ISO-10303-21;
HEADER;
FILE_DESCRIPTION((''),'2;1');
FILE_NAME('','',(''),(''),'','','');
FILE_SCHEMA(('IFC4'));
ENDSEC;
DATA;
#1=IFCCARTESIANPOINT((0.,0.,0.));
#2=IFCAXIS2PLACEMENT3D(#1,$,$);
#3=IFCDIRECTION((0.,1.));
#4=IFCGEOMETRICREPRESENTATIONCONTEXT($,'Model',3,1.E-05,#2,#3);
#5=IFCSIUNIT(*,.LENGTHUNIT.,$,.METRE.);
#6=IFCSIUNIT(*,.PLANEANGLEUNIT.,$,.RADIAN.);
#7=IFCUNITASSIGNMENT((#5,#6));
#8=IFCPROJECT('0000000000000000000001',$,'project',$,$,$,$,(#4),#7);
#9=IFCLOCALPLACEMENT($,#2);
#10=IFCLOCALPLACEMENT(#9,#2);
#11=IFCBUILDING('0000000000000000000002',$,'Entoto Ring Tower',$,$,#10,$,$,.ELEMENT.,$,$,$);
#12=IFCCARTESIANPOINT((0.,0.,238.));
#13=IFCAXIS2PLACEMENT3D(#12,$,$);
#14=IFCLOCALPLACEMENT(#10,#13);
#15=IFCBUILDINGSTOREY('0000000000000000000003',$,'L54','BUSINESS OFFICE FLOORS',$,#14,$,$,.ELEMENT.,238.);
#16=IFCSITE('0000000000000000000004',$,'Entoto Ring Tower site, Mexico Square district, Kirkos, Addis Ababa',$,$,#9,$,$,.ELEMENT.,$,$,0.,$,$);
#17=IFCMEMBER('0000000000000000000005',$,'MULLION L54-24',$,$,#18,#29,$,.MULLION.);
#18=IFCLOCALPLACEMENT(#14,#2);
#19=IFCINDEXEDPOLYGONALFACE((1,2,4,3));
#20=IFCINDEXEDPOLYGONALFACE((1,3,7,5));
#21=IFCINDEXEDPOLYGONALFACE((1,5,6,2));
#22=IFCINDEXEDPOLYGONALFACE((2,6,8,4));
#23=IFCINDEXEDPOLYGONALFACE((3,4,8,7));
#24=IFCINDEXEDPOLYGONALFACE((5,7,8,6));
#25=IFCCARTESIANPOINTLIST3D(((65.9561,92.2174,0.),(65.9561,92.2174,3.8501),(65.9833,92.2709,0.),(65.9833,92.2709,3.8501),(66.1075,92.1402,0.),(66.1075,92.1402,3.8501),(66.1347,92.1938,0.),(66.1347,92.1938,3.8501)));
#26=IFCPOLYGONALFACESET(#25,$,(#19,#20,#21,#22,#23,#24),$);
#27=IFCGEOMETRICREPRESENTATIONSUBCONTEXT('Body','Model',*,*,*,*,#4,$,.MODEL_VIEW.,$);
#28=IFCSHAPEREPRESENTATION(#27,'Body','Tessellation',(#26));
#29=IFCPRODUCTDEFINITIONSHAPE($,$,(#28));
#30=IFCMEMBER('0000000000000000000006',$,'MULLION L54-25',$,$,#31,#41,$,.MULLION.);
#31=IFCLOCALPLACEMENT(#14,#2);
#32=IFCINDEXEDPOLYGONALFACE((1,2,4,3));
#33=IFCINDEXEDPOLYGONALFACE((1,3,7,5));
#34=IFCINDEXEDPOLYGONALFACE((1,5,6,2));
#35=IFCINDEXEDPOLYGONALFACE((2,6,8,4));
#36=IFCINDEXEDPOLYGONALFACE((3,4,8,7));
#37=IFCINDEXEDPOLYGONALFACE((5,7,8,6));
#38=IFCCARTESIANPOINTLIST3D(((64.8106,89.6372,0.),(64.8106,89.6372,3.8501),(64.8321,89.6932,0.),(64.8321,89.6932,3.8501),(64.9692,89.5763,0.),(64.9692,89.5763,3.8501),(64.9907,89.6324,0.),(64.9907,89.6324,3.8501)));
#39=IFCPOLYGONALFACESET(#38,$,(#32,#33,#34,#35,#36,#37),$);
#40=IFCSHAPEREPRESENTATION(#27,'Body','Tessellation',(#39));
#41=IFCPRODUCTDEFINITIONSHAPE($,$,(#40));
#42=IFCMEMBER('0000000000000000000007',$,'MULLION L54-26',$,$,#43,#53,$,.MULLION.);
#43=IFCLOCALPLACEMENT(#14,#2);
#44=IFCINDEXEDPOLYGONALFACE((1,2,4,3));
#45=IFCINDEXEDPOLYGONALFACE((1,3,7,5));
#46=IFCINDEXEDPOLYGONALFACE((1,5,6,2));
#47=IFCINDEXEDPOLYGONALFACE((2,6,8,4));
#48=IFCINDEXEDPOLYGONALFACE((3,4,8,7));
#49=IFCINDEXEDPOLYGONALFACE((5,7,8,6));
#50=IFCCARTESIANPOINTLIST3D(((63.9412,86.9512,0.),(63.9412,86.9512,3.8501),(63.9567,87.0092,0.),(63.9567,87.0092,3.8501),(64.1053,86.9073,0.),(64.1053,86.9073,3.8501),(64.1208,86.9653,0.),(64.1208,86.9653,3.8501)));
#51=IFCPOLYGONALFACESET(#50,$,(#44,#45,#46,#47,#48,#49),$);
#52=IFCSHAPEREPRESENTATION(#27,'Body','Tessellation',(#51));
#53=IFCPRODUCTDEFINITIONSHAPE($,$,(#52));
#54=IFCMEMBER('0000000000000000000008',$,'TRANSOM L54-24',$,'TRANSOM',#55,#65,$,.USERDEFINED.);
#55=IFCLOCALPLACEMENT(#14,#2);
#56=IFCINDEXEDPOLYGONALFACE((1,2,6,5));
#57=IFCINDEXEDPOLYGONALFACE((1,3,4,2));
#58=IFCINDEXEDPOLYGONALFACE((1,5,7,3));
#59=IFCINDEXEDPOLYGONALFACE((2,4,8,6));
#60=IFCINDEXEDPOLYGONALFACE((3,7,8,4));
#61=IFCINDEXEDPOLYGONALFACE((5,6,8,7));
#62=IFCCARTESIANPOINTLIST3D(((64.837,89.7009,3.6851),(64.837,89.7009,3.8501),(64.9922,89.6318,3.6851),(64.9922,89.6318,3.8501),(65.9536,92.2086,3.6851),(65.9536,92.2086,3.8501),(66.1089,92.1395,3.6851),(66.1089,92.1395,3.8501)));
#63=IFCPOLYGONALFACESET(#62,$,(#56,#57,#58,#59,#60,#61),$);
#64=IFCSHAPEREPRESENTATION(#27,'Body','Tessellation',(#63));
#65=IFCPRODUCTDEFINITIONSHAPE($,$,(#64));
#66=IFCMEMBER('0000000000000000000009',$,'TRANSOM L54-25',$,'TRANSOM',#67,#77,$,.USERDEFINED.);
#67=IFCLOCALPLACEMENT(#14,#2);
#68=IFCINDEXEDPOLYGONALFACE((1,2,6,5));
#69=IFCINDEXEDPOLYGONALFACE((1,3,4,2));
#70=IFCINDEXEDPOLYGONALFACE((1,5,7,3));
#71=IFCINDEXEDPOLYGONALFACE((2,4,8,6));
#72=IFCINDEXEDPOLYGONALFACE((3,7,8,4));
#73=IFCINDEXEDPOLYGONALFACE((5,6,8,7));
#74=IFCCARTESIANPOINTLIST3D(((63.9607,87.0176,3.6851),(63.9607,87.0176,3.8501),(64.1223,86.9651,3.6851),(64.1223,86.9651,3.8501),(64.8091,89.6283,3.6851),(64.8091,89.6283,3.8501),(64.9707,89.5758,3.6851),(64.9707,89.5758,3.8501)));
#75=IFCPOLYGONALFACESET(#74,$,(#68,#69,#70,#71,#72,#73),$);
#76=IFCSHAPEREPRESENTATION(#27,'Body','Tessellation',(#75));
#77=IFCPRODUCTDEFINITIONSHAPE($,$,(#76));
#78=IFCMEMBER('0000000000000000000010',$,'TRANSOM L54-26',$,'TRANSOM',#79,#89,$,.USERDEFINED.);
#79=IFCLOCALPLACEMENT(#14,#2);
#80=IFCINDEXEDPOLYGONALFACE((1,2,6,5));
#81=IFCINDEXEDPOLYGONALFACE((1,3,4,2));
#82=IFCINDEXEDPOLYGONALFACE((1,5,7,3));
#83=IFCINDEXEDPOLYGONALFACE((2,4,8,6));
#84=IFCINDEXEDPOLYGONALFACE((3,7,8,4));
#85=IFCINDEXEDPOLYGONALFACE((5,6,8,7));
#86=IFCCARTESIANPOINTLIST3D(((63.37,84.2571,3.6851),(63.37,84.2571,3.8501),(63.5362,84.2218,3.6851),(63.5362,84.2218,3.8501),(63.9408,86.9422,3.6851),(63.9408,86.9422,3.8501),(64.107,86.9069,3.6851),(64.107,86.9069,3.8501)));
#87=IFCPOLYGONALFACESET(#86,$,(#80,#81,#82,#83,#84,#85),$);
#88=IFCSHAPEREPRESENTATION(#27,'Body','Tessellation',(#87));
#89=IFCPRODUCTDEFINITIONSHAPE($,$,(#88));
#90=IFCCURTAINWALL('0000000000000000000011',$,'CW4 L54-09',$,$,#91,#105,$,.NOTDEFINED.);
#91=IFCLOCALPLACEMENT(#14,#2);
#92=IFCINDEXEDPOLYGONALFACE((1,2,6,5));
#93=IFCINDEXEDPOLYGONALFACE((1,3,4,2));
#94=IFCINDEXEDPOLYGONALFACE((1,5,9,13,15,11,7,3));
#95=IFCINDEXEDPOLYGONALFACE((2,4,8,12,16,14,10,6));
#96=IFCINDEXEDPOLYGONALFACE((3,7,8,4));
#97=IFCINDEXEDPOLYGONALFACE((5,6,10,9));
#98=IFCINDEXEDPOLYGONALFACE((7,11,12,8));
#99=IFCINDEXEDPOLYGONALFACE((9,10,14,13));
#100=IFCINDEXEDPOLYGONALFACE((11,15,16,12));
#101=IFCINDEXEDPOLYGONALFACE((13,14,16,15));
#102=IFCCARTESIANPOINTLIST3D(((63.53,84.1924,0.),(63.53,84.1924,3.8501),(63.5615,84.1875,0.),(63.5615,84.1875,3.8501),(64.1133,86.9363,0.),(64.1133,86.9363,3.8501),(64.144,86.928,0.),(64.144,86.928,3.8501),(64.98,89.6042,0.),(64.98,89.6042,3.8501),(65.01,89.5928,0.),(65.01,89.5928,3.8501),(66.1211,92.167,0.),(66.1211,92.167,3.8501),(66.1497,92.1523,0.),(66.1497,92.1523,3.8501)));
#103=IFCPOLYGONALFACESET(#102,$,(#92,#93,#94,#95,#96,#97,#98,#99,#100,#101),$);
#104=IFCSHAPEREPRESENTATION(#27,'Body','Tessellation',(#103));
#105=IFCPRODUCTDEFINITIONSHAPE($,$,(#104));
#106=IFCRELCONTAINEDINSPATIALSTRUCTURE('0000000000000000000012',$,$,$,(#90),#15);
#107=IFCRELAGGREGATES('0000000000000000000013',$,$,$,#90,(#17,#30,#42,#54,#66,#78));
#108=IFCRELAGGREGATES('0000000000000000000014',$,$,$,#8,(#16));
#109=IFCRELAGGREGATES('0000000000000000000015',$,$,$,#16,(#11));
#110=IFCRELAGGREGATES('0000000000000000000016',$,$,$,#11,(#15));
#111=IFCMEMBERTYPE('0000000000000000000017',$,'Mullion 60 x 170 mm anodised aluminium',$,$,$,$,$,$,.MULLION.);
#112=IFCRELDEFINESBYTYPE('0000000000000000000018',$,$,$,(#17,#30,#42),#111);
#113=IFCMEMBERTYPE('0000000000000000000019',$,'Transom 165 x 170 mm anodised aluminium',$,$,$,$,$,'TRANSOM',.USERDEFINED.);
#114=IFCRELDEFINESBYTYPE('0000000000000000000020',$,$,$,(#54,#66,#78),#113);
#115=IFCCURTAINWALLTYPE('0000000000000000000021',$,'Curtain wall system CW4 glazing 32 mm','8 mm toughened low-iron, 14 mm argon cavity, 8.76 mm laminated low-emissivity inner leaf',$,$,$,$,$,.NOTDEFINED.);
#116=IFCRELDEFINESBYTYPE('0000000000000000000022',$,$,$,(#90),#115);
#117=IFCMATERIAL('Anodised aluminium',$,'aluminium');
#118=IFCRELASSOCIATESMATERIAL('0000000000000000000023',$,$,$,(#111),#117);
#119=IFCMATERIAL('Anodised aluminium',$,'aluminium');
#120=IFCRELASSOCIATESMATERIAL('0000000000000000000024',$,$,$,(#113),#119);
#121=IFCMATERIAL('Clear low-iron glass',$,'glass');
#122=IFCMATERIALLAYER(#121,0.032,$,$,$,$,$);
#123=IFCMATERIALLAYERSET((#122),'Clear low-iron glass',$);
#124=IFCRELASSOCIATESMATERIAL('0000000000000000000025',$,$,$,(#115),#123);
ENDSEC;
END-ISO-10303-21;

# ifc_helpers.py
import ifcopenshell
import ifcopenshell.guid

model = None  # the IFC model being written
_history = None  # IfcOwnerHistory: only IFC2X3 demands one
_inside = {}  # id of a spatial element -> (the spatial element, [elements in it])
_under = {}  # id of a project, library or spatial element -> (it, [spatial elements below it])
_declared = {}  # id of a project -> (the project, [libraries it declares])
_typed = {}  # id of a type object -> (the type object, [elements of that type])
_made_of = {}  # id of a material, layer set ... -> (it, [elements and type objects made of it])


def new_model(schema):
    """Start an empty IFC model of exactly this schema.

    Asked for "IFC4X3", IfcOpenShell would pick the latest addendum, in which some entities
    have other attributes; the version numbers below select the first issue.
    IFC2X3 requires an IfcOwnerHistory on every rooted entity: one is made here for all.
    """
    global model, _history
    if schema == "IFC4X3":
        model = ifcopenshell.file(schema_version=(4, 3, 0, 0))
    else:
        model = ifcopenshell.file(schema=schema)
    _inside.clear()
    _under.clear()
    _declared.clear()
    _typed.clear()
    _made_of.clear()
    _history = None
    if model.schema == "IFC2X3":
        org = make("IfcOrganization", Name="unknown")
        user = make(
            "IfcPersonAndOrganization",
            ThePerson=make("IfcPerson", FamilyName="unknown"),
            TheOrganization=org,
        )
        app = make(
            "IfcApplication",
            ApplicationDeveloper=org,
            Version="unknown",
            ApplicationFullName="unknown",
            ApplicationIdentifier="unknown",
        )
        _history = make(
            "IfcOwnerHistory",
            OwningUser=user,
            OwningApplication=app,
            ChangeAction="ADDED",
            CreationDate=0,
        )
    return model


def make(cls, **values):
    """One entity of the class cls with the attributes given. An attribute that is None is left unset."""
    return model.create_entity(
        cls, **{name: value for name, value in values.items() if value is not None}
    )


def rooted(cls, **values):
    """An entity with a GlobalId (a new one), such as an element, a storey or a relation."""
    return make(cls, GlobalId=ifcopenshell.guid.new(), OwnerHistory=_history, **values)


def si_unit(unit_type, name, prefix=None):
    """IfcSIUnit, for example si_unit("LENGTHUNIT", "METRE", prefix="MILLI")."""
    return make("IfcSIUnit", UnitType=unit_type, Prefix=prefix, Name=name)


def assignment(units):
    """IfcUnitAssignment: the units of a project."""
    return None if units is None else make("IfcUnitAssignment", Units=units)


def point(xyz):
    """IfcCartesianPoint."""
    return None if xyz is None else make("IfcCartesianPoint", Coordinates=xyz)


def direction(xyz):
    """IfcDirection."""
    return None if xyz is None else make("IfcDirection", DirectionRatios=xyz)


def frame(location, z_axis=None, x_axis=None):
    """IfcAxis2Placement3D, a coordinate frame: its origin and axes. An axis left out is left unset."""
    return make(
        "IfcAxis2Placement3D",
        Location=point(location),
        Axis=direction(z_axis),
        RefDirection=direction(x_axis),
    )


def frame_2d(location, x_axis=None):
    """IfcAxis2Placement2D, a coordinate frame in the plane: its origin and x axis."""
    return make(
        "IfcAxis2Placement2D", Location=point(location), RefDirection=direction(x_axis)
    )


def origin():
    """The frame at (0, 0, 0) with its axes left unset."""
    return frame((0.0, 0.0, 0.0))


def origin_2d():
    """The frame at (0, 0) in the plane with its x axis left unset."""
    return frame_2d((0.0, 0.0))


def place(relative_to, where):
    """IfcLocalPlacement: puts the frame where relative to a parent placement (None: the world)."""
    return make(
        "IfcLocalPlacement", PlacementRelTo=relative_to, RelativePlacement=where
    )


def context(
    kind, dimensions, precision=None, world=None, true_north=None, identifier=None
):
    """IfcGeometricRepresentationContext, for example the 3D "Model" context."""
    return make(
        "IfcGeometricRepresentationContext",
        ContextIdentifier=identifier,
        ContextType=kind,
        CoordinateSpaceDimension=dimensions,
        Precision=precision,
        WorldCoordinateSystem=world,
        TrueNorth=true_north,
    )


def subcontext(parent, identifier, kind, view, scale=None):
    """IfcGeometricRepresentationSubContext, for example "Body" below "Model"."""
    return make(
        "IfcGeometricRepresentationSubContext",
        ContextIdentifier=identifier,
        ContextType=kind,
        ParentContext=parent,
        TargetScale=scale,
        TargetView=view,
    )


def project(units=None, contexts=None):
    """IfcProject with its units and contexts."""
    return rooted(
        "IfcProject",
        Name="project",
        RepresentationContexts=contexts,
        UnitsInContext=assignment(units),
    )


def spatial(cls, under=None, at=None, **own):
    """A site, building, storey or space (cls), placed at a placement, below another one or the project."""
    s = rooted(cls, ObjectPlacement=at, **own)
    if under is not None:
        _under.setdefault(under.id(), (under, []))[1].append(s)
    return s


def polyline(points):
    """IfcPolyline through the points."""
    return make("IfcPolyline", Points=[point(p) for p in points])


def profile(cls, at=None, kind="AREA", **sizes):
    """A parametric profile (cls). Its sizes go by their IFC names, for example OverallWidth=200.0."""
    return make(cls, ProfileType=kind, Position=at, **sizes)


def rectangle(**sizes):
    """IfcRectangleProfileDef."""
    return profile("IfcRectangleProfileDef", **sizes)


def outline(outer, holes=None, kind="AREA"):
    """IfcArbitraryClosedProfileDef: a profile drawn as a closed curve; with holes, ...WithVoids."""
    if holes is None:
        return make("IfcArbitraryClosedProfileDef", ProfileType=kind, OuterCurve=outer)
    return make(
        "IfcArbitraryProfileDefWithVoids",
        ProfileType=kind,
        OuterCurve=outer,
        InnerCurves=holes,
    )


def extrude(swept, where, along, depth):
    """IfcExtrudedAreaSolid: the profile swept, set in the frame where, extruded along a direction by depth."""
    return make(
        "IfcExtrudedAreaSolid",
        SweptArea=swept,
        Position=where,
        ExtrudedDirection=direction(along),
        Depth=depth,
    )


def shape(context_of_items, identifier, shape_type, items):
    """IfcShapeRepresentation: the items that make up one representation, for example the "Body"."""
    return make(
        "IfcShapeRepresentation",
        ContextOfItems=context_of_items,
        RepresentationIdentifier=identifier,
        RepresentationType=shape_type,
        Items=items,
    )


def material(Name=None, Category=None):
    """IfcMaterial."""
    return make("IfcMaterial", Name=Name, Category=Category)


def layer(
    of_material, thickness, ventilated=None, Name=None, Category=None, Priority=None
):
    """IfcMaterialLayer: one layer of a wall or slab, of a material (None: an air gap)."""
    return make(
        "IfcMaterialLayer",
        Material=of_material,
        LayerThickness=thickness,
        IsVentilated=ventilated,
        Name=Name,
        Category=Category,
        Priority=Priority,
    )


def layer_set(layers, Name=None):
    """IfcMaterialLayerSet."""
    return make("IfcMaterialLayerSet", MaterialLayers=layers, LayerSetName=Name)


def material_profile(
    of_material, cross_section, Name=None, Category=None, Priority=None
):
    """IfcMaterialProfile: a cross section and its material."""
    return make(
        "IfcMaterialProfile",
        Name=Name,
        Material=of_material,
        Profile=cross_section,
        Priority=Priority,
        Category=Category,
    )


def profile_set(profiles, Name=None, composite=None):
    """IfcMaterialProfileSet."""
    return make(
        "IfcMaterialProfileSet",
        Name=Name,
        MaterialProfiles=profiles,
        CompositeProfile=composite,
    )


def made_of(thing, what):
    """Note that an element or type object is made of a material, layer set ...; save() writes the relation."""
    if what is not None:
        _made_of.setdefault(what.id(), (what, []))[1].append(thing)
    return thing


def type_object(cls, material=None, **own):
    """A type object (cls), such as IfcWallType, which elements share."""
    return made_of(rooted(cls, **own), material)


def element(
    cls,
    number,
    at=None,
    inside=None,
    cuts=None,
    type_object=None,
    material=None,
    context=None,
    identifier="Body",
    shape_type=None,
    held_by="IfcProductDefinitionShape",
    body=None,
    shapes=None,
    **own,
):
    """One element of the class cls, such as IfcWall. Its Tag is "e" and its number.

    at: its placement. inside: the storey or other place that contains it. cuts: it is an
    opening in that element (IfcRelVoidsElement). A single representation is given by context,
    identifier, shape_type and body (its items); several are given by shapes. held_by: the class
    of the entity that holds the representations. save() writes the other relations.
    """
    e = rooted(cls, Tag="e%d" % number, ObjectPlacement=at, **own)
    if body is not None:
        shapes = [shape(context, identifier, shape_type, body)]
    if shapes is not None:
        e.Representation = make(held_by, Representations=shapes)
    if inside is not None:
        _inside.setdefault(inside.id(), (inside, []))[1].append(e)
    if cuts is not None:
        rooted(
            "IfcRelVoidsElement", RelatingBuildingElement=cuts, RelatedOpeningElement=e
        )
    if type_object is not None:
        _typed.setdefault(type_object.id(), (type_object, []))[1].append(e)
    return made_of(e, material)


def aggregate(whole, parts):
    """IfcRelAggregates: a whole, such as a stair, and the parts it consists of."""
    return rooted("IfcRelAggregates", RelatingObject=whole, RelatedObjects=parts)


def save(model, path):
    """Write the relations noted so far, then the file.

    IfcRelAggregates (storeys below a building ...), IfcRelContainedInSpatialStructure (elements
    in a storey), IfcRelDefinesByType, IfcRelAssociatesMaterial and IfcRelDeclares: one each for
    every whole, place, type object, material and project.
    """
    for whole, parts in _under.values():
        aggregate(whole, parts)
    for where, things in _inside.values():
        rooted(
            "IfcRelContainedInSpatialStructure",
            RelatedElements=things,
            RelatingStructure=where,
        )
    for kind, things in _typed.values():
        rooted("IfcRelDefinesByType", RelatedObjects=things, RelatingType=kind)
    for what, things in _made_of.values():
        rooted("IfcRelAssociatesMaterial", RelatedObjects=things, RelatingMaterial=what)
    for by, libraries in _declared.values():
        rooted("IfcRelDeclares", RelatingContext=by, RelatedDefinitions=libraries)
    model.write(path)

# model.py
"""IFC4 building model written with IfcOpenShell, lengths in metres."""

from ifc_helpers import new_model, si_unit, direction, frame, origin, origin_2d, place, context, subcontext, project, spatial, polyline, rectangle, outline, extrude, material, layer, layer_set, material_profile, profile_set, type_object, element, aggregate, save


model = new_model("IFC4")

# Units and contexts
model_context = context("Model", 3, precision=1e-05, world=origin(), true_north=direction((0.0, 1.0)))
body_context = subcontext(model_context, "Body", "Model", "MODEL_VIEW")
ifc_project = project(units=[si_unit("LENGTHUNIT", "METRE"), si_unit("PLANEANGLEUNIT", "RADIAN")], contexts=[model_context])

# Members
ifc_material_1 = material(Name="Anodised aluminium", Category="aluminium")
ifc_material_profile_1 = material_profile(ifc_material_1, rectangle(XDim=0.0601, YDim=0.1699, at=origin_2d()), Name="Mullion 60 x 170 mm anodised aluminium")
ifc_profile_set_1 = profile_set([ifc_material_profile_1], Name="Anodised aluminium")
member_type_1 = type_object("IfcMemberType", Name="Mullion 60 x 170 mm anodised aluminium", PredefinedType="MULLION", material=ifc_profile_set_1)
site_placement = place(None, origin())
building_placement = place(site_placement, origin())
storey_placement = place(building_placement, frame((0.0, 0.0, 238.0)))
member_1_placement = place(storey_placement, frame((66.0454, 92.2056, 0.0), z_axis=(0.0, 0.0, 1.0), x_axis=(-0.45399, -0.891007, 0.0)))
member_1 = element("IfcMember", 1, at=member_1_placement, type_object=member_type_1, Name="MULLION L54-24", PredefinedType="MULLION", context=body_context, shape_type="SweptSolid", body=[
    extrude(rectangle(XDim=0.0601, YDim=0.1699, at=origin_2d()), origin(), (0.0, 0.0, 1.0), 3.8501),
])
member_2_placement = place(storey_placement, frame((64.9006, 89.6348, 0.0), z_axis=(0.0, 0.0, 1.0), x_axis=(-0.358368, -0.93358, 0.0)))
member_2 = element("IfcMember", 2, at=member_2_placement, type_object=member_type_1, Name="MULLION L54-25", PredefinedType="MULLION", context=body_context, shape_type="SweptSolid", body=[
    extrude(rectangle(XDim=0.0601, YDim=0.1699, at=origin_2d()), origin(), (0.0, 0.0, 1.0), 3.8501),
])
member_3_placement = place(storey_placement, frame((64.031, 86.9583, 0.0), z_axis=(0.0, 0.0, 1.0), x_axis=(-0.258819, -0.965926, 0.0)))
member_3 = element("IfcMember", 3, at=member_3_placement, type_object=member_type_1, Name="MULLION L54-26", PredefinedType="MULLION", context=body_context, shape_type="SweptSolid", body=[
    extrude(rectangle(XDim=0.0601, YDim=0.1699, at=origin_2d()), origin(), (0.0, 0.0, 1.0), 3.8501),
])
ifc_material_2 = material(Name="Anodised aluminium", Category="aluminium")
ifc_material_profile_2 = material_profile(ifc_material_2, rectangle(XDim=0.1699, YDim=0.165, at=origin_2d()), Name="Transom 165 x 170 mm anodised aluminium")
ifc_profile_set_2 = profile_set([ifc_material_profile_2], Name="Anodised aluminium")
member_type_2 = type_object("IfcMemberType", Name="Transom 165 x 170 mm anodised aluminium", ElementType="TRANSOM", PredefinedType="USERDEFINED", material=ifc_profile_set_2)
member_4_placement = place(storey_placement, frame((66.0312, 92.1741, 3.7676), z_axis=(-0.406782, -0.913525, 0.0), x_axis=(0.913525, -0.406782, 0.0)))
member_4 = element("IfcMember", 4, at=member_4_placement, type_object=member_type_2, Name="TRANSOM L54-24", ObjectType="TRANSOM", PredefinedType="USERDEFINED", context=body_context, shape_type="SweptSolid", body=[
    extrude(rectangle(XDim=0.1699, YDim=0.165, at=origin_2d()), origin(), (0.0, 0.0, 1.0), 2.7451),
])
member_5_placement = place(storey_placement, frame((64.8899, 89.6021, 3.7676), z_axis=(-0.309042, -0.951048, 0.0), x_axis=(0.951048, -0.309042, 0.0)))
member_5 = element("IfcMember", 5, at=member_5_placement, type_object=member_type_2, Name="TRANSOM L54-25", ObjectType="TRANSOM", PredefinedType="USERDEFINED", context=body_context, shape_type="SweptSolid", body=[
    extrude(rectangle(XDim=0.1699, YDim=0.165, at=origin_2d()), origin(), (0.0, 0.0, 1.0), 2.7451),
])
member_6_placement = place(storey_placement, frame((64.0239, 86.9246, 3.7676), z_axis=(-0.207937, -0.978142, 0.0), x_axis=(0.978142, -0.207937, 0.0)))
member_6 = element("IfcMember", 6, at=member_6_placement, type_object=member_type_2, Name="TRANSOM L54-26", ObjectType="TRANSOM", PredefinedType="USERDEFINED", context=body_context, shape_type="SweptSolid", body=[
    extrude(rectangle(XDim=0.1699, YDim=0.165, at=origin_2d()), origin(), (0.0, 0.0, 1.0), 2.7451),
])

# Site, building, storey
site = spatial("IfcSite", under=ifc_project, at=site_placement, Name="Entoto Ring Tower site, Mexico Square district, Kirkos, Addis Ababa", CompositionType="ELEMENT", RefElevation=0.0)
building = spatial("IfcBuilding", under=site, at=building_placement, Name="Entoto Ring Tower", CompositionType="ELEMENT")
storey = spatial("IfcBuildingStorey", under=building, at=storey_placement, Name="L54", Description="BUSINESS OFFICE FLOORS", CompositionType="ELEMENT", Elevation=238.0)

# Curtain wall
ifc_material_3 = material(Name="Clear low-iron glass", Category="glass")
ifc_layer = layer(ifc_material_3, 0.032)
ifc_layer_set = layer_set([ifc_layer], Name="Clear low-iron glass")
curtain_wall_type = type_object("IfcCurtainWallType", Name="Curtain wall system CW4 glazing 32 mm", Description="8 mm toughened low-iron, 14 mm argon cavity, 8.76 mm laminated low-emissivity inner leaf", PredefinedType="NOTDEFINED", material=ifc_layer_set)
curtain_wall_1_placement = place(storey_placement, origin())
curtain_wall_1 = element("IfcCurtainWall", 7, at=curtain_wall_1_placement, inside=storey, type_object=curtain_wall_type, Name="CW4 L54-09", PredefinedType="NOTDEFINED", context=body_context, shape_type="SweptSolid", body=[
    extrude(outline(polyline([(66.1211, 92.167), (64.98, 89.6042), (64.1133, 86.9363), (63.53, 84.1924), (63.5615, 84.1875), (64.144, 86.928), (65.01, 89.5928), (66.1497, 92.1523), (66.1211, 92.167)])), origin(), (0.0, 0.0, 1.0), 3.8501),
])
aggregate(curtain_wall_1, [member_1, member_2, member_3, member_4, member_5, member_6])

save(model, "model.ifc")
